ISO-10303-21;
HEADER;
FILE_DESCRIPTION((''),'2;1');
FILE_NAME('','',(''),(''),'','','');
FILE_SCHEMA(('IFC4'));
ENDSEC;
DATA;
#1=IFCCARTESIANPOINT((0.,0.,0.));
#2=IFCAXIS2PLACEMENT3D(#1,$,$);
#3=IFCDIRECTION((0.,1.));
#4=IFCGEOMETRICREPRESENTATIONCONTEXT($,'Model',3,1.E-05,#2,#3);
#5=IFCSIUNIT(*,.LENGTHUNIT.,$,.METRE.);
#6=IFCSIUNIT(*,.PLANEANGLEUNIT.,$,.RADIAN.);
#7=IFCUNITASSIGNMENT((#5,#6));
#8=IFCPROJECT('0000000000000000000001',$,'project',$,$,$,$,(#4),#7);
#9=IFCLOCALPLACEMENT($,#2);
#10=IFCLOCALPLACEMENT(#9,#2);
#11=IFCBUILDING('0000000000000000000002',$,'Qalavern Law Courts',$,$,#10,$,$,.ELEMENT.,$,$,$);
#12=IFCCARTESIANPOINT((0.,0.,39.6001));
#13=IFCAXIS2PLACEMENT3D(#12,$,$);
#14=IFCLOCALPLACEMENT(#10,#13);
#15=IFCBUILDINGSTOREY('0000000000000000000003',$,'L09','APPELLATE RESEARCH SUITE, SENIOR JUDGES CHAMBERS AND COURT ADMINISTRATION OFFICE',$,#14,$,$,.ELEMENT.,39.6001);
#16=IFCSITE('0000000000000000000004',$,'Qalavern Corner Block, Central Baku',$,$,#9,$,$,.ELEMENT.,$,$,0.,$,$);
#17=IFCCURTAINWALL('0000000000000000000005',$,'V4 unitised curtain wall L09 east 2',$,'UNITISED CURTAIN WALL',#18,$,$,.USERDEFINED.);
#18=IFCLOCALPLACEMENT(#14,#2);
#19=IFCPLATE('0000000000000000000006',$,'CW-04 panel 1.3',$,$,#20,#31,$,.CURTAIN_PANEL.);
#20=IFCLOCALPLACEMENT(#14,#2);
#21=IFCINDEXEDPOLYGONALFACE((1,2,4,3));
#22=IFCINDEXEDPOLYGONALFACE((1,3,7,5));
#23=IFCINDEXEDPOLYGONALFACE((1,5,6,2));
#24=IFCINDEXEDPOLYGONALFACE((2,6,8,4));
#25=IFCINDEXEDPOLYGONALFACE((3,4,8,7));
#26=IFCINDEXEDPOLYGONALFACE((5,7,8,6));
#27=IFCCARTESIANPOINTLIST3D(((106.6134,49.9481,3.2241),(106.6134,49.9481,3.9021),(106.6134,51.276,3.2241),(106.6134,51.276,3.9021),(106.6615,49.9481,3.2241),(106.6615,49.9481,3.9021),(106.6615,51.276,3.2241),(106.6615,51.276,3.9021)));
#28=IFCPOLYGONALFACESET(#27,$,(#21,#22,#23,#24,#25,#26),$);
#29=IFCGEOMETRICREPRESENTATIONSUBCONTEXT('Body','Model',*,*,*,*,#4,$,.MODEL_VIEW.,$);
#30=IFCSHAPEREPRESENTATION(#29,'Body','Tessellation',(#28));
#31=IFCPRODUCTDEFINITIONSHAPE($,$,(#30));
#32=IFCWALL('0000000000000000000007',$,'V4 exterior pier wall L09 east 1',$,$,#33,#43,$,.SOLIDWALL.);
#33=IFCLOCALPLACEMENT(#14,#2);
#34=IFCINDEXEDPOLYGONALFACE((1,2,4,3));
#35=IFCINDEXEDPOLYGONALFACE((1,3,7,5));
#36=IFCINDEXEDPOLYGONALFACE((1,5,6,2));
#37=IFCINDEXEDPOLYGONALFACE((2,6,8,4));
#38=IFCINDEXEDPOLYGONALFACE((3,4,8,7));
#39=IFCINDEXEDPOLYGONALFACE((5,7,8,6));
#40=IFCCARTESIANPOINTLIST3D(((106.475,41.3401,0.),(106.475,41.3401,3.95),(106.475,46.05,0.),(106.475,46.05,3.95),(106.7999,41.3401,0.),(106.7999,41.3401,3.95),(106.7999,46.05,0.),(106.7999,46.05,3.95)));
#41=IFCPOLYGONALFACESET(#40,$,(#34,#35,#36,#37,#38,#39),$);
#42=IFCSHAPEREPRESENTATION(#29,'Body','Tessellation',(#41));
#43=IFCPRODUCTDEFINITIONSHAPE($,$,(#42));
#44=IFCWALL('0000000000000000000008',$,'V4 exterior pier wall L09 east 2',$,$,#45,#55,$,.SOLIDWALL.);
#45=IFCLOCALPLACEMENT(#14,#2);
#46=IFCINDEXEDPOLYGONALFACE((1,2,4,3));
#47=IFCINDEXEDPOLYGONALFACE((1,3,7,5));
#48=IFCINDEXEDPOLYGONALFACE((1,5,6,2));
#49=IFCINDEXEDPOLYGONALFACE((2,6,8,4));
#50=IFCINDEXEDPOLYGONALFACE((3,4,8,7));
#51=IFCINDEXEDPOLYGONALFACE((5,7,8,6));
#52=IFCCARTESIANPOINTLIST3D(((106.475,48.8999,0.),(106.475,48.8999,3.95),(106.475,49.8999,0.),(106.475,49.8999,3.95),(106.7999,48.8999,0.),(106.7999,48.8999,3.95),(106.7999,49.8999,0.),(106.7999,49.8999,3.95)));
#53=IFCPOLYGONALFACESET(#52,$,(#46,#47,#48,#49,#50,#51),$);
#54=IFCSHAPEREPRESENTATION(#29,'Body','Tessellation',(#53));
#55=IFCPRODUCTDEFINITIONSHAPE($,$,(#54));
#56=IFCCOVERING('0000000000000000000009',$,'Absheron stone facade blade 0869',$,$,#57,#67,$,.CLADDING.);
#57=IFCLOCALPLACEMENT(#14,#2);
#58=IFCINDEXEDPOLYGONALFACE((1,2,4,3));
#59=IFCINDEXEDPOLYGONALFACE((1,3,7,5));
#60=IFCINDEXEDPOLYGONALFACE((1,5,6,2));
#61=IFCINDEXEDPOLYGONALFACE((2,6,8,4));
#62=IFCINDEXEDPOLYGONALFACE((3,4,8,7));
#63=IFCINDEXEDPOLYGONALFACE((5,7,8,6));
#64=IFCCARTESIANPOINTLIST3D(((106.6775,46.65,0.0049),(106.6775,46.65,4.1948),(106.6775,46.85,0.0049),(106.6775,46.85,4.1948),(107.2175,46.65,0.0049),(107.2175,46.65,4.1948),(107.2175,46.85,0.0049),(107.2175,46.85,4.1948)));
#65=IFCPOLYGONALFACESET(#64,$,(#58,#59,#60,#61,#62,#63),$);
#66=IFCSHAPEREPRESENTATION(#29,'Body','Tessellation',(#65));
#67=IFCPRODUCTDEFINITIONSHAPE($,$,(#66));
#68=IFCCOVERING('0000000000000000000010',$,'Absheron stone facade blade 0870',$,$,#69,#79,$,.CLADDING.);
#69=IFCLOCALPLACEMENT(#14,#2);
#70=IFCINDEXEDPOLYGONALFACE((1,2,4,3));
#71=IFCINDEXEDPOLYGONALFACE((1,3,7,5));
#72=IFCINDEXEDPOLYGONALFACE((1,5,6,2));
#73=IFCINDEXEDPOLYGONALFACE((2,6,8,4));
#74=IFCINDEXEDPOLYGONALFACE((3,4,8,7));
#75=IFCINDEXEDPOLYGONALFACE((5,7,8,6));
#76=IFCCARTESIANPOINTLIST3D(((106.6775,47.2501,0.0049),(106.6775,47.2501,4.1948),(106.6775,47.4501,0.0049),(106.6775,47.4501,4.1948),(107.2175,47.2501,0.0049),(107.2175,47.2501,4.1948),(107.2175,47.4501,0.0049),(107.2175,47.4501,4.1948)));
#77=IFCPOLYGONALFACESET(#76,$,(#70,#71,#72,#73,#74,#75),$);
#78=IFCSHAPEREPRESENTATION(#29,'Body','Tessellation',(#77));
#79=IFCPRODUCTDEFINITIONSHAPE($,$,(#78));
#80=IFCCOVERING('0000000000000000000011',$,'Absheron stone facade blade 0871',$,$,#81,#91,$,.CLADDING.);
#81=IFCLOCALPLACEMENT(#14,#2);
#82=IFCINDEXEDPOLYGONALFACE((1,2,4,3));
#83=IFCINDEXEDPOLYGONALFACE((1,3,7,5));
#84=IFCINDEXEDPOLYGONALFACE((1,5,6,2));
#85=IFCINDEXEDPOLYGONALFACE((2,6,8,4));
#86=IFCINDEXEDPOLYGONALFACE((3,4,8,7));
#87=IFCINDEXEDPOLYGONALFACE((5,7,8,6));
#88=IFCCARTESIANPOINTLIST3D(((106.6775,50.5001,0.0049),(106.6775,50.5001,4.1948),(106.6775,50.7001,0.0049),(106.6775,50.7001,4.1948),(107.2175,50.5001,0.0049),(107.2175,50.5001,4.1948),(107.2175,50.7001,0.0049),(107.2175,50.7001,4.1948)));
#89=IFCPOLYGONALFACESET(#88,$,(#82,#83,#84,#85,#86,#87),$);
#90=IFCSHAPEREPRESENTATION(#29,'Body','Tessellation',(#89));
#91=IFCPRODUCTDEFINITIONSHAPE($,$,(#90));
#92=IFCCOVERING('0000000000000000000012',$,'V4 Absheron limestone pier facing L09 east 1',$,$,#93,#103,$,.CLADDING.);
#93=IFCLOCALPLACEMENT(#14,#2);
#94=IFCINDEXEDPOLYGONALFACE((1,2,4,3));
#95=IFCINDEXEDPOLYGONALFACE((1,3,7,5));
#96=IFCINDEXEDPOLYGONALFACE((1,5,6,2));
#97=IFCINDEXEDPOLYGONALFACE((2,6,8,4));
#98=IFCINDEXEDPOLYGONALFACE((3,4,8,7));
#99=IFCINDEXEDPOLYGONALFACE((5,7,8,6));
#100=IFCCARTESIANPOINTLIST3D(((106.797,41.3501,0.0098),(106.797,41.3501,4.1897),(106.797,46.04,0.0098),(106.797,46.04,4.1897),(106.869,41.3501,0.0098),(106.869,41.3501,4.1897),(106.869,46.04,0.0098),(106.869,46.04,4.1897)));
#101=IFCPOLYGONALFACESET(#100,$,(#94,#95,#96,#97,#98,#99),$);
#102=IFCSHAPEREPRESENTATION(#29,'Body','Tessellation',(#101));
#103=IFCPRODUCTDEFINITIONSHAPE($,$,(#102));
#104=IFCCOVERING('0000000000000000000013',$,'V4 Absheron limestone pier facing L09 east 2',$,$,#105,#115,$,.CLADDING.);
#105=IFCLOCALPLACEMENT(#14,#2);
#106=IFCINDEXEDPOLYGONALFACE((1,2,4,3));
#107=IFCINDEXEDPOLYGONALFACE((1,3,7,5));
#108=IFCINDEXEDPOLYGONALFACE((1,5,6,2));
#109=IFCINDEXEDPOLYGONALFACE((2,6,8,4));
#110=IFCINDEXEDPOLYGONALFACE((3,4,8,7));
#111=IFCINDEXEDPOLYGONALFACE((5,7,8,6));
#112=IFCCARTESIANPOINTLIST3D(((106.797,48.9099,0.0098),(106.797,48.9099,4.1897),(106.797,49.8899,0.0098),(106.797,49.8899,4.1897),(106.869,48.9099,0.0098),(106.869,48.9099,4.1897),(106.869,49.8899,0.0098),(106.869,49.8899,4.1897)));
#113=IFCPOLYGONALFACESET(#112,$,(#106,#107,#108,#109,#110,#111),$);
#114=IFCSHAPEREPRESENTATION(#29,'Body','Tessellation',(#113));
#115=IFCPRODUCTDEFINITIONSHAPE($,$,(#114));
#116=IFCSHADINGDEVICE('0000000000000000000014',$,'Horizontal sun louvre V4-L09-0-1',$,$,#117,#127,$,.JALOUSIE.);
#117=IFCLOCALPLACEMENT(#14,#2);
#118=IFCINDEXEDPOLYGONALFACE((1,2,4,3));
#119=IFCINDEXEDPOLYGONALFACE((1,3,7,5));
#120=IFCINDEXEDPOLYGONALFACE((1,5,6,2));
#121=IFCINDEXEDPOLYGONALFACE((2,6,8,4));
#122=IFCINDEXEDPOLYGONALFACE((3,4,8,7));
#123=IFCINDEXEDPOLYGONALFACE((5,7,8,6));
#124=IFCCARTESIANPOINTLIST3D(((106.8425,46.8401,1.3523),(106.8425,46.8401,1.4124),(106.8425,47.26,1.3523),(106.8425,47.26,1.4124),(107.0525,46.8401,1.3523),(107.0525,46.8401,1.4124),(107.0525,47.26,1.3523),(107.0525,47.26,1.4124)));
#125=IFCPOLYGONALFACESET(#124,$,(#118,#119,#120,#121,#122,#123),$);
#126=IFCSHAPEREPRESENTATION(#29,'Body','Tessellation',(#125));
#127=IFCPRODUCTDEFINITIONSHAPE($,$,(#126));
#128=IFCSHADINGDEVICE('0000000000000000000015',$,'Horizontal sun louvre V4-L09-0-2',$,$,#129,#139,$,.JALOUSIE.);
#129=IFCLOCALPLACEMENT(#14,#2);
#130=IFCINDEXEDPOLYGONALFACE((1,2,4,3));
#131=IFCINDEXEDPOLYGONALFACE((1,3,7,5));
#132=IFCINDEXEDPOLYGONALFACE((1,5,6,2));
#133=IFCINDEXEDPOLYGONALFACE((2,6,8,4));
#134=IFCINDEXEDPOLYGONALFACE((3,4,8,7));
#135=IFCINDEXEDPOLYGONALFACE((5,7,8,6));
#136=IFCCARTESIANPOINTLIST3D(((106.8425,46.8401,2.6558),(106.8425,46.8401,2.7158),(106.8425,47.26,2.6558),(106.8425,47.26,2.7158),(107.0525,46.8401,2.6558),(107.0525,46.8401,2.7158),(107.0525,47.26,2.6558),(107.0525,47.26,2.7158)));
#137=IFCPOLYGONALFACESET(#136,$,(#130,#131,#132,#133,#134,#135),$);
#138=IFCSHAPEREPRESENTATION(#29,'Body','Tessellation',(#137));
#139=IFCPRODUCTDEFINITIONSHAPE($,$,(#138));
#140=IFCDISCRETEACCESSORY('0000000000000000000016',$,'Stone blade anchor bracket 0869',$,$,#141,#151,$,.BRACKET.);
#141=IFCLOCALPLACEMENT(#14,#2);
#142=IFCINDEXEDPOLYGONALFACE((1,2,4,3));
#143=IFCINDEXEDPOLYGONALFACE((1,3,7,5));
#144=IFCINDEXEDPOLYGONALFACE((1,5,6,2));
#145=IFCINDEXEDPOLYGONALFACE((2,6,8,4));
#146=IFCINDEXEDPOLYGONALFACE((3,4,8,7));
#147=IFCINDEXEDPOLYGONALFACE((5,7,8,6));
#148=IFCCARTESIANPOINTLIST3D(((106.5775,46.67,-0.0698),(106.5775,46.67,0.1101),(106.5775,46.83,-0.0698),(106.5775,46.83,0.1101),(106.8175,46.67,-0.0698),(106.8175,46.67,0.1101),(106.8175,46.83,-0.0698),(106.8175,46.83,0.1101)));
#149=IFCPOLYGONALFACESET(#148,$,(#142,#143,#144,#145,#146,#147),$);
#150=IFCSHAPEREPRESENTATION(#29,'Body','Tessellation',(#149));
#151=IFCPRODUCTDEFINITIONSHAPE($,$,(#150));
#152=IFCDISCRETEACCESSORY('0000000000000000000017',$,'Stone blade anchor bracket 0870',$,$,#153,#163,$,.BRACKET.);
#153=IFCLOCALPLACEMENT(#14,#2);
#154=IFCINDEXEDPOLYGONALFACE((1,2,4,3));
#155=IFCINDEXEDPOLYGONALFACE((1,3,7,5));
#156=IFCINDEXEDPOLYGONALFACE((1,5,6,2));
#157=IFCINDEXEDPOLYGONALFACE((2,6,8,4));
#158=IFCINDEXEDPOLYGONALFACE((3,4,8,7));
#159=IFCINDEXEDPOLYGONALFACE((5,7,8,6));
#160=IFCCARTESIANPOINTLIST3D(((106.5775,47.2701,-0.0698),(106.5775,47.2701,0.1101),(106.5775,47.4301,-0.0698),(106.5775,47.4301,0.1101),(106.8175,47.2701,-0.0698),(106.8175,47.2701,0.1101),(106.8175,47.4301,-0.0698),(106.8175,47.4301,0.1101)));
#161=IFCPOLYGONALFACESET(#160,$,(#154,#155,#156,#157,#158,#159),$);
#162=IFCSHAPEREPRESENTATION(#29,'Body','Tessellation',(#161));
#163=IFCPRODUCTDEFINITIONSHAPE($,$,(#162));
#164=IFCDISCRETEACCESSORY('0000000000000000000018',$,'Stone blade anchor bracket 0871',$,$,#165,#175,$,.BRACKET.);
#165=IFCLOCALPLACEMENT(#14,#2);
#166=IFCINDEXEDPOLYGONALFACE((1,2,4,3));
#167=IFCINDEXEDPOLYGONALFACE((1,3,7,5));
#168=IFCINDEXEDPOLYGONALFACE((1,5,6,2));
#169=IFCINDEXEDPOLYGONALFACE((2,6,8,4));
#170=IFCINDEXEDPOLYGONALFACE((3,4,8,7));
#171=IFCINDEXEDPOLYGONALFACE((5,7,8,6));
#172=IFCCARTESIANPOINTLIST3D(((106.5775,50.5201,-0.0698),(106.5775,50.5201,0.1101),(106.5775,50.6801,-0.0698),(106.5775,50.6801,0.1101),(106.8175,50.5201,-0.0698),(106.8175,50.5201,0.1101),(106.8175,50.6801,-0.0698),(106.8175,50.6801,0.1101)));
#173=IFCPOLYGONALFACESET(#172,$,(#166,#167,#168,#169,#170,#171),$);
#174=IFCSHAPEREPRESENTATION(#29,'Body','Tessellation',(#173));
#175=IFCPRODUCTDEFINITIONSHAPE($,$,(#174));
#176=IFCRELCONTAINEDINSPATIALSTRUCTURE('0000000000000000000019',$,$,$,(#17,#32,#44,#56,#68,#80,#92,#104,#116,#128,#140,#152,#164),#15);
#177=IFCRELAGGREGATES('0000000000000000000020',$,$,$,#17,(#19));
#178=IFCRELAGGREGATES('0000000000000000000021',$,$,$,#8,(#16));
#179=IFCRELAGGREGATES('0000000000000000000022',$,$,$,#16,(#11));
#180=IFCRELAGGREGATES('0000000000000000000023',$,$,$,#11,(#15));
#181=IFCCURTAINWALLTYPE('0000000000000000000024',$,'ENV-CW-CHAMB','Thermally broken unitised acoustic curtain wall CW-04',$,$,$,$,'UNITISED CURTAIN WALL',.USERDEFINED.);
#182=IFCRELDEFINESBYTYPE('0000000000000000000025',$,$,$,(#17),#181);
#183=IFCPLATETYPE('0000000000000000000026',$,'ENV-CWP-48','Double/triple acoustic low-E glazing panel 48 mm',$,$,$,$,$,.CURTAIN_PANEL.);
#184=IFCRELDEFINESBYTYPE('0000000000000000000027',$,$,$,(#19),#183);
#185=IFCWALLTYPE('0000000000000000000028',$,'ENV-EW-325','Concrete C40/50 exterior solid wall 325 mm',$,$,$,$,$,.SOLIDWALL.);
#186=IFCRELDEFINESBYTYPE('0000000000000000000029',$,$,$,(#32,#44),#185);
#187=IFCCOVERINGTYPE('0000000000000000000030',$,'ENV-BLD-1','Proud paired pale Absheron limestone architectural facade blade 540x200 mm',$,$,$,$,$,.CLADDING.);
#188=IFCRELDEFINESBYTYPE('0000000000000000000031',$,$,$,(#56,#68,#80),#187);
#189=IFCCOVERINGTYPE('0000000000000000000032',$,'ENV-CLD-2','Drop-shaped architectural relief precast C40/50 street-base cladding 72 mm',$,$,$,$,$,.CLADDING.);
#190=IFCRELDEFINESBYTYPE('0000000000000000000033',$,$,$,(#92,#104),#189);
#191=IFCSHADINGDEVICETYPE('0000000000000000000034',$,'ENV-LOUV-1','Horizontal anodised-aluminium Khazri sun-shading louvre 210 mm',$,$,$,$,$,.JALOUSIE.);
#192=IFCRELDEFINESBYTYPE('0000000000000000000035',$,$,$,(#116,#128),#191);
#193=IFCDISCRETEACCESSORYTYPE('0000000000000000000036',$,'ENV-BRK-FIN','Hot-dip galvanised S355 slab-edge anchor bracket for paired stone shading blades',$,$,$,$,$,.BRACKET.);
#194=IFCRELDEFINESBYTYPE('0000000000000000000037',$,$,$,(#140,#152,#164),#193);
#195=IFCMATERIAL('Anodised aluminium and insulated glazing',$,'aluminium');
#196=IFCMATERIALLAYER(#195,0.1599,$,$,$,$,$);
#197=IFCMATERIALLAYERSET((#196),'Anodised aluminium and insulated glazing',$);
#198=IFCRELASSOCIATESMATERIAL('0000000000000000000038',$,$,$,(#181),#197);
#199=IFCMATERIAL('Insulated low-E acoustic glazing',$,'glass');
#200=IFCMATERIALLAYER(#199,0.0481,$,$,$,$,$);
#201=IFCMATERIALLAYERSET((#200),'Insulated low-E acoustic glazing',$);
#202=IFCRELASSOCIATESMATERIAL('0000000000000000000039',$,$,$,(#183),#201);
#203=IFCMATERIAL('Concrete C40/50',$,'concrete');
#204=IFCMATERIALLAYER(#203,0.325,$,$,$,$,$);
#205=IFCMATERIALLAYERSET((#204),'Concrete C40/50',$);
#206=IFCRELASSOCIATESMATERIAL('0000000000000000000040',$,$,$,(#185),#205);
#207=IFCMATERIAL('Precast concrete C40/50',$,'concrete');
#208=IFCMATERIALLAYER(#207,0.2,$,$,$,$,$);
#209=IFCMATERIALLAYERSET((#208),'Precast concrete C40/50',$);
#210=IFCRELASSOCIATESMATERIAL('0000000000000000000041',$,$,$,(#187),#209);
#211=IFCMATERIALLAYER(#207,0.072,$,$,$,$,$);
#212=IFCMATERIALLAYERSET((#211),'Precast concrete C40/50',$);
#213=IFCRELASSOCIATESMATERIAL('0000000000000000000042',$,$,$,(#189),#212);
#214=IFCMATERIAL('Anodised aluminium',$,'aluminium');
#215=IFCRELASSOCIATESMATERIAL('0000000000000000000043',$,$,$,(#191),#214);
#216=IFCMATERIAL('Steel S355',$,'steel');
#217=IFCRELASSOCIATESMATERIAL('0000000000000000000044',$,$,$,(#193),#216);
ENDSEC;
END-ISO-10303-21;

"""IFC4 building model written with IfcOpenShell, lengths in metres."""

from ifc_helpers import new_model, si_unit, direction, frame, frame_2d, origin, origin_2d, place, context, subcontext, project, spatial, rectangle, extrude, material, layer, layer_set, type_object, element, aggregate, save


model = new_model("IFC4")

# Units and contexts
model_context = context("Model", 3, precision=1e-05, world=origin(), true_north=direction((0.0, 1.0)))
body_context = subcontext(model_context, "Body", "Model", "MODEL_VIEW")
ifc_project = project(units=[si_unit("LENGTHUNIT", "METRE"), si_unit("PLANEANGLEUNIT", "RADIAN")], contexts=[model_context])

# Site, building, storey
site_placement = place(None, origin())
site = spatial("IfcSite", under=ifc_project, at=site_placement, Name="Qalavern Corner Block, Central Baku", CompositionType="ELEMENT", RefElevation=0.0)
building_placement = place(site_placement, origin())
building = spatial("IfcBuilding", under=site, at=building_placement, Name="Qalavern Law Courts", CompositionType="ELEMENT")
storey_placement = place(building_placement, frame((0.0, 0.0, 39.6001)))
storey = spatial("IfcBuildingStorey", under=building, at=storey_placement, Name="L09", Description="APPELLATE RESEARCH SUITE, SENIOR JUDGES CHAMBERS AND COURT ADMINISTRATION OFFICE", CompositionType="ELEMENT", Elevation=39.6001)

# Shared definitions
ifc_material_1 = material(Name="Anodised aluminium and insulated glazing", Category="aluminium")
ifc_layer_1 = layer(ifc_material_1, 0.1599)
ifc_layer_set_1 = layer_set([ifc_layer_1], Name="Anodised aluminium and insulated glazing")
curtain_wall_type = type_object("IfcCurtainWallType", Name="ENV-CW-CHAMB", Description="Thermally broken unitised acoustic curtain wall CW-04", ElementType="UNITISED CURTAIN WALL", PredefinedType="USERDEFINED", material=ifc_layer_set_1)
ifc_material_2 = material(Name="Anodised aluminium", Category="aluminium")

# Curtain wall
curtain_wall_1_placement = place(storey_placement, origin())
curtain_wall_1 = element("IfcCurtainWall", 1, at=curtain_wall_1_placement, inside=storey, type_object=curtain_wall_type, Name="V4 unitised curtain wall L09 east 2", ObjectType="UNITISED CURTAIN WALL", PredefinedType="USERDEFINED")

# Plate
ifc_material_3 = material(Name="Insulated low-E acoustic glazing", Category="glass")
ifc_layer_2 = layer(ifc_material_3, 0.0481)
ifc_layer_set_2 = layer_set([ifc_layer_2], Name="Insulated low-E acoustic glazing")
plate_type_1 = type_object("IfcPlateType", Name="ENV-CWP-48", Description="Double/triple acoustic low-E glazing panel 48 mm", PredefinedType="CURTAIN_PANEL", material=ifc_layer_set_2)
plate_1_placement = place(storey_placement, frame((106.6375, 50.6121, 3.2241), z_axis=(0.0, 0.0, 1.0), x_axis=(0.0, 1.0, 0.0)))
plate_1 = element("IfcPlate", 2, at=plate_1_placement, type_object=plate_type_1, Name="CW-04 panel 1.3", PredefinedType="CURTAIN_PANEL", context=body_context, shape_type="SweptSolid", body=[
    extrude(rectangle(XDim=1.3279, YDim=0.0481, at=origin_2d()), origin(), (0.0, 0.0, 1.0), 0.678),
])
aggregate(curtain_wall_1, [plate_1])

# Walls
ifc_material_4 = material(Name="Concrete C40/50", Category="concrete")
ifc_layer_3 = layer(ifc_material_4, 0.325)
ifc_layer_set_3 = layer_set([ifc_layer_3], Name="Concrete C40/50")
wall_type = type_object("IfcWallType", Name="ENV-EW-325", Description="Concrete C40/50 exterior solid wall 325 mm", PredefinedType="SOLIDWALL", material=ifc_layer_set_3)
wall_1_placement = place(storey_placement, frame((106.6375, 41.3401, 0.0), z_axis=(0.0, 0.0, 1.0), x_axis=(0.0, 1.0, 0.0)))
element("IfcWall", 3, at=wall_1_placement, inside=storey, type_object=wall_type, Name="V4 exterior pier wall L09 east 1", PredefinedType="SOLIDWALL", context=body_context, shape_type="SweptSolid", body=[
    extrude(rectangle(XDim=4.71, YDim=0.325, at=frame_2d((2.355, 0.0))), origin(), (0.0, 0.0, 1.0), 3.95),
])
wall_2_placement = place(storey_placement, frame((106.6375, 48.8999, 0.0), z_axis=(0.0, 0.0, 1.0), x_axis=(0.0, 1.0, 0.0)))
element("IfcWall", 4, at=wall_2_placement, inside=storey, type_object=wall_type, Name="V4 exterior pier wall L09 east 2", PredefinedType="SOLIDWALL", context=body_context, shape_type="SweptSolid", body=[
    extrude(rectangle(XDim=1.0, YDim=0.325, at=frame_2d((0.5, 0.0))), origin(), (0.0, 0.0, 1.0), 3.95),
])

# Coverings
ifc_material_5 = material(Name="Precast concrete C40/50", Category="concrete")
ifc_layer_4 = layer(ifc_material_5, 0.2)
ifc_layer_set_4 = layer_set([ifc_layer_4], Name="Precast concrete C40/50")
covering_type_1 = type_object("IfcCoveringType", Name="ENV-BLD-1", Description="Proud paired pale Absheron limestone architectural facade blade 540x200 mm", PredefinedType="CLADDING", material=ifc_layer_set_4)
for number, where, z_axis, x_axis, name in (
    (5, (106.9475, 46.75, 0.0049), (0.0, 0.0, 1.0), (1.0, 0.0, 0.0), "Absheron stone facade blade 0869"),
    (6, (106.9475, 47.3501, 0.0049), (0.0, 0.0, 1.0), (1.0, 0.0, 0.0), "Absheron stone facade blade 0870"),
    (7, (106.9475, 50.6001, 0.0049), (0.0, 0.0, 1.0), (1.0, 0.0, 0.0), "Absheron stone facade blade 0871"),
):
    element("IfcCovering", number, at=place(storey_placement, frame(where, z_axis=z_axis, x_axis=x_axis)), inside=storey, type_object=covering_type_1, Name=name, PredefinedType="CLADDING", context=body_context, shape_type="SweptSolid", body=[
        extrude(rectangle(XDim=0.54, YDim=0.2, at=origin_2d()), origin(), (0.0, 0.0, 1.0), 4.1899),
    ])
ifc_layer_5 = layer(ifc_material_5, 0.072)
ifc_layer_set_5 = layer_set([ifc_layer_5], Name="Precast concrete C40/50")
covering_type_2 = type_object("IfcCoveringType", Name="ENV-CLD-2", Description="Drop-shaped architectural relief precast C40/50 street-base cladding 72 mm", PredefinedType="CLADDING", material=ifc_layer_set_5)
covering_1_placement = place(storey_placement, frame((106.833, 43.6951, 0.0098), z_axis=(0.0, 0.0, 1.0), x_axis=(0.0, 1.0, 0.0)))
element("IfcCovering", 8, at=covering_1_placement, inside=storey, type_object=covering_type_2, Name="V4 Absheron limestone pier facing L09 east 1", PredefinedType="CLADDING", context=body_context, shape_type="SweptSolid", body=[
    extrude(rectangle(XDim=4.6899, YDim=0.072, at=origin_2d()), origin(), (0.0, 0.0, 1.0), 4.1799),
])
covering_2_placement = place(storey_placement, frame((106.833, 49.3999, 0.0098), z_axis=(0.0, 0.0, 1.0), x_axis=(0.0, 1.0, 0.0)))
element("IfcCovering", 9, at=covering_2_placement, inside=storey, type_object=covering_type_2, Name="V4 Absheron limestone pier facing L09 east 2", PredefinedType="CLADDING", context=body_context, shape_type="SweptSolid", body=[
    extrude(rectangle(XDim=0.98, YDim=0.072, at=origin_2d()), origin(), (0.0, 0.0, 1.0), 4.1799),
])

# Shading devices
shading_device_type = type_object("IfcShadingDeviceType", Name="ENV-LOUV-1", Description="Horizontal anodised-aluminium Khazri sun-shading louvre 210 mm", PredefinedType="JALOUSIE", material=ifc_material_2)
for number, where, z_axis, x_axis, name in (
    (10, (106.9475, 47.05, 1.3523), (0.0, 0.0, 1.0), (0.0, 1.0, 0.0), "Horizontal sun louvre V4-L09-0-1"),
    (11, (106.9475, 47.05, 2.6558), (0.0, 0.0, 1.0), (0.0, 1.0, 0.0), "Horizontal sun louvre V4-L09-0-2"),
):
    element("IfcShadingDevice", number, at=place(storey_placement, frame(where, z_axis=z_axis, x_axis=x_axis)), inside=storey, type_object=shading_device_type, Name=name, PredefinedType="JALOUSIE", context=body_context, shape_type="SweptSolid", body=[
        extrude(rectangle(XDim=0.4199, YDim=0.21, at=origin_2d()), origin(), (0.0, 0.0, 1.0), 0.0601),
    ])

# Discrete accessories
ifc_material_6 = material(Name="Steel S355", Category="steel")
discrete_accessory_type = type_object("IfcDiscreteAccessoryType", Name="ENV-BRK-FIN", Description="Hot-dip galvanised S355 slab-edge anchor bracket for paired stone shading blades", PredefinedType="BRACKET", material=ifc_material_6)
for number, where, z_axis, x_axis, name in (
    (12, (106.6975, 46.75, -0.0698), (0.0, 0.0, 1.0), (1.0, 0.0, 0.0), "Stone blade anchor bracket 0869"),
    (13, (106.6975, 47.3501, -0.0698), (0.0, 0.0, 1.0), (1.0, 0.0, 0.0), "Stone blade anchor bracket 0870"),
    (14, (106.6975, 50.6001, -0.0698), (0.0, 0.0, 1.0), (1.0, 0.0, 0.0), "Stone blade anchor bracket 0871"),
):
    element("IfcDiscreteAccessory", number, at=place(storey_placement, frame(where, z_axis=z_axis, x_axis=x_axis)), inside=storey, type_object=discrete_accessory_type, Name=name, PredefinedType="BRACKET", context=body_context, shape_type="SweptSolid", body=[
        extrude(rectangle(XDim=0.24, YDim=0.1599, at=origin_2d()), origin(), (0.0, 0.0, 1.0), 0.1799),
    ])

save(model, "model.ifc")
